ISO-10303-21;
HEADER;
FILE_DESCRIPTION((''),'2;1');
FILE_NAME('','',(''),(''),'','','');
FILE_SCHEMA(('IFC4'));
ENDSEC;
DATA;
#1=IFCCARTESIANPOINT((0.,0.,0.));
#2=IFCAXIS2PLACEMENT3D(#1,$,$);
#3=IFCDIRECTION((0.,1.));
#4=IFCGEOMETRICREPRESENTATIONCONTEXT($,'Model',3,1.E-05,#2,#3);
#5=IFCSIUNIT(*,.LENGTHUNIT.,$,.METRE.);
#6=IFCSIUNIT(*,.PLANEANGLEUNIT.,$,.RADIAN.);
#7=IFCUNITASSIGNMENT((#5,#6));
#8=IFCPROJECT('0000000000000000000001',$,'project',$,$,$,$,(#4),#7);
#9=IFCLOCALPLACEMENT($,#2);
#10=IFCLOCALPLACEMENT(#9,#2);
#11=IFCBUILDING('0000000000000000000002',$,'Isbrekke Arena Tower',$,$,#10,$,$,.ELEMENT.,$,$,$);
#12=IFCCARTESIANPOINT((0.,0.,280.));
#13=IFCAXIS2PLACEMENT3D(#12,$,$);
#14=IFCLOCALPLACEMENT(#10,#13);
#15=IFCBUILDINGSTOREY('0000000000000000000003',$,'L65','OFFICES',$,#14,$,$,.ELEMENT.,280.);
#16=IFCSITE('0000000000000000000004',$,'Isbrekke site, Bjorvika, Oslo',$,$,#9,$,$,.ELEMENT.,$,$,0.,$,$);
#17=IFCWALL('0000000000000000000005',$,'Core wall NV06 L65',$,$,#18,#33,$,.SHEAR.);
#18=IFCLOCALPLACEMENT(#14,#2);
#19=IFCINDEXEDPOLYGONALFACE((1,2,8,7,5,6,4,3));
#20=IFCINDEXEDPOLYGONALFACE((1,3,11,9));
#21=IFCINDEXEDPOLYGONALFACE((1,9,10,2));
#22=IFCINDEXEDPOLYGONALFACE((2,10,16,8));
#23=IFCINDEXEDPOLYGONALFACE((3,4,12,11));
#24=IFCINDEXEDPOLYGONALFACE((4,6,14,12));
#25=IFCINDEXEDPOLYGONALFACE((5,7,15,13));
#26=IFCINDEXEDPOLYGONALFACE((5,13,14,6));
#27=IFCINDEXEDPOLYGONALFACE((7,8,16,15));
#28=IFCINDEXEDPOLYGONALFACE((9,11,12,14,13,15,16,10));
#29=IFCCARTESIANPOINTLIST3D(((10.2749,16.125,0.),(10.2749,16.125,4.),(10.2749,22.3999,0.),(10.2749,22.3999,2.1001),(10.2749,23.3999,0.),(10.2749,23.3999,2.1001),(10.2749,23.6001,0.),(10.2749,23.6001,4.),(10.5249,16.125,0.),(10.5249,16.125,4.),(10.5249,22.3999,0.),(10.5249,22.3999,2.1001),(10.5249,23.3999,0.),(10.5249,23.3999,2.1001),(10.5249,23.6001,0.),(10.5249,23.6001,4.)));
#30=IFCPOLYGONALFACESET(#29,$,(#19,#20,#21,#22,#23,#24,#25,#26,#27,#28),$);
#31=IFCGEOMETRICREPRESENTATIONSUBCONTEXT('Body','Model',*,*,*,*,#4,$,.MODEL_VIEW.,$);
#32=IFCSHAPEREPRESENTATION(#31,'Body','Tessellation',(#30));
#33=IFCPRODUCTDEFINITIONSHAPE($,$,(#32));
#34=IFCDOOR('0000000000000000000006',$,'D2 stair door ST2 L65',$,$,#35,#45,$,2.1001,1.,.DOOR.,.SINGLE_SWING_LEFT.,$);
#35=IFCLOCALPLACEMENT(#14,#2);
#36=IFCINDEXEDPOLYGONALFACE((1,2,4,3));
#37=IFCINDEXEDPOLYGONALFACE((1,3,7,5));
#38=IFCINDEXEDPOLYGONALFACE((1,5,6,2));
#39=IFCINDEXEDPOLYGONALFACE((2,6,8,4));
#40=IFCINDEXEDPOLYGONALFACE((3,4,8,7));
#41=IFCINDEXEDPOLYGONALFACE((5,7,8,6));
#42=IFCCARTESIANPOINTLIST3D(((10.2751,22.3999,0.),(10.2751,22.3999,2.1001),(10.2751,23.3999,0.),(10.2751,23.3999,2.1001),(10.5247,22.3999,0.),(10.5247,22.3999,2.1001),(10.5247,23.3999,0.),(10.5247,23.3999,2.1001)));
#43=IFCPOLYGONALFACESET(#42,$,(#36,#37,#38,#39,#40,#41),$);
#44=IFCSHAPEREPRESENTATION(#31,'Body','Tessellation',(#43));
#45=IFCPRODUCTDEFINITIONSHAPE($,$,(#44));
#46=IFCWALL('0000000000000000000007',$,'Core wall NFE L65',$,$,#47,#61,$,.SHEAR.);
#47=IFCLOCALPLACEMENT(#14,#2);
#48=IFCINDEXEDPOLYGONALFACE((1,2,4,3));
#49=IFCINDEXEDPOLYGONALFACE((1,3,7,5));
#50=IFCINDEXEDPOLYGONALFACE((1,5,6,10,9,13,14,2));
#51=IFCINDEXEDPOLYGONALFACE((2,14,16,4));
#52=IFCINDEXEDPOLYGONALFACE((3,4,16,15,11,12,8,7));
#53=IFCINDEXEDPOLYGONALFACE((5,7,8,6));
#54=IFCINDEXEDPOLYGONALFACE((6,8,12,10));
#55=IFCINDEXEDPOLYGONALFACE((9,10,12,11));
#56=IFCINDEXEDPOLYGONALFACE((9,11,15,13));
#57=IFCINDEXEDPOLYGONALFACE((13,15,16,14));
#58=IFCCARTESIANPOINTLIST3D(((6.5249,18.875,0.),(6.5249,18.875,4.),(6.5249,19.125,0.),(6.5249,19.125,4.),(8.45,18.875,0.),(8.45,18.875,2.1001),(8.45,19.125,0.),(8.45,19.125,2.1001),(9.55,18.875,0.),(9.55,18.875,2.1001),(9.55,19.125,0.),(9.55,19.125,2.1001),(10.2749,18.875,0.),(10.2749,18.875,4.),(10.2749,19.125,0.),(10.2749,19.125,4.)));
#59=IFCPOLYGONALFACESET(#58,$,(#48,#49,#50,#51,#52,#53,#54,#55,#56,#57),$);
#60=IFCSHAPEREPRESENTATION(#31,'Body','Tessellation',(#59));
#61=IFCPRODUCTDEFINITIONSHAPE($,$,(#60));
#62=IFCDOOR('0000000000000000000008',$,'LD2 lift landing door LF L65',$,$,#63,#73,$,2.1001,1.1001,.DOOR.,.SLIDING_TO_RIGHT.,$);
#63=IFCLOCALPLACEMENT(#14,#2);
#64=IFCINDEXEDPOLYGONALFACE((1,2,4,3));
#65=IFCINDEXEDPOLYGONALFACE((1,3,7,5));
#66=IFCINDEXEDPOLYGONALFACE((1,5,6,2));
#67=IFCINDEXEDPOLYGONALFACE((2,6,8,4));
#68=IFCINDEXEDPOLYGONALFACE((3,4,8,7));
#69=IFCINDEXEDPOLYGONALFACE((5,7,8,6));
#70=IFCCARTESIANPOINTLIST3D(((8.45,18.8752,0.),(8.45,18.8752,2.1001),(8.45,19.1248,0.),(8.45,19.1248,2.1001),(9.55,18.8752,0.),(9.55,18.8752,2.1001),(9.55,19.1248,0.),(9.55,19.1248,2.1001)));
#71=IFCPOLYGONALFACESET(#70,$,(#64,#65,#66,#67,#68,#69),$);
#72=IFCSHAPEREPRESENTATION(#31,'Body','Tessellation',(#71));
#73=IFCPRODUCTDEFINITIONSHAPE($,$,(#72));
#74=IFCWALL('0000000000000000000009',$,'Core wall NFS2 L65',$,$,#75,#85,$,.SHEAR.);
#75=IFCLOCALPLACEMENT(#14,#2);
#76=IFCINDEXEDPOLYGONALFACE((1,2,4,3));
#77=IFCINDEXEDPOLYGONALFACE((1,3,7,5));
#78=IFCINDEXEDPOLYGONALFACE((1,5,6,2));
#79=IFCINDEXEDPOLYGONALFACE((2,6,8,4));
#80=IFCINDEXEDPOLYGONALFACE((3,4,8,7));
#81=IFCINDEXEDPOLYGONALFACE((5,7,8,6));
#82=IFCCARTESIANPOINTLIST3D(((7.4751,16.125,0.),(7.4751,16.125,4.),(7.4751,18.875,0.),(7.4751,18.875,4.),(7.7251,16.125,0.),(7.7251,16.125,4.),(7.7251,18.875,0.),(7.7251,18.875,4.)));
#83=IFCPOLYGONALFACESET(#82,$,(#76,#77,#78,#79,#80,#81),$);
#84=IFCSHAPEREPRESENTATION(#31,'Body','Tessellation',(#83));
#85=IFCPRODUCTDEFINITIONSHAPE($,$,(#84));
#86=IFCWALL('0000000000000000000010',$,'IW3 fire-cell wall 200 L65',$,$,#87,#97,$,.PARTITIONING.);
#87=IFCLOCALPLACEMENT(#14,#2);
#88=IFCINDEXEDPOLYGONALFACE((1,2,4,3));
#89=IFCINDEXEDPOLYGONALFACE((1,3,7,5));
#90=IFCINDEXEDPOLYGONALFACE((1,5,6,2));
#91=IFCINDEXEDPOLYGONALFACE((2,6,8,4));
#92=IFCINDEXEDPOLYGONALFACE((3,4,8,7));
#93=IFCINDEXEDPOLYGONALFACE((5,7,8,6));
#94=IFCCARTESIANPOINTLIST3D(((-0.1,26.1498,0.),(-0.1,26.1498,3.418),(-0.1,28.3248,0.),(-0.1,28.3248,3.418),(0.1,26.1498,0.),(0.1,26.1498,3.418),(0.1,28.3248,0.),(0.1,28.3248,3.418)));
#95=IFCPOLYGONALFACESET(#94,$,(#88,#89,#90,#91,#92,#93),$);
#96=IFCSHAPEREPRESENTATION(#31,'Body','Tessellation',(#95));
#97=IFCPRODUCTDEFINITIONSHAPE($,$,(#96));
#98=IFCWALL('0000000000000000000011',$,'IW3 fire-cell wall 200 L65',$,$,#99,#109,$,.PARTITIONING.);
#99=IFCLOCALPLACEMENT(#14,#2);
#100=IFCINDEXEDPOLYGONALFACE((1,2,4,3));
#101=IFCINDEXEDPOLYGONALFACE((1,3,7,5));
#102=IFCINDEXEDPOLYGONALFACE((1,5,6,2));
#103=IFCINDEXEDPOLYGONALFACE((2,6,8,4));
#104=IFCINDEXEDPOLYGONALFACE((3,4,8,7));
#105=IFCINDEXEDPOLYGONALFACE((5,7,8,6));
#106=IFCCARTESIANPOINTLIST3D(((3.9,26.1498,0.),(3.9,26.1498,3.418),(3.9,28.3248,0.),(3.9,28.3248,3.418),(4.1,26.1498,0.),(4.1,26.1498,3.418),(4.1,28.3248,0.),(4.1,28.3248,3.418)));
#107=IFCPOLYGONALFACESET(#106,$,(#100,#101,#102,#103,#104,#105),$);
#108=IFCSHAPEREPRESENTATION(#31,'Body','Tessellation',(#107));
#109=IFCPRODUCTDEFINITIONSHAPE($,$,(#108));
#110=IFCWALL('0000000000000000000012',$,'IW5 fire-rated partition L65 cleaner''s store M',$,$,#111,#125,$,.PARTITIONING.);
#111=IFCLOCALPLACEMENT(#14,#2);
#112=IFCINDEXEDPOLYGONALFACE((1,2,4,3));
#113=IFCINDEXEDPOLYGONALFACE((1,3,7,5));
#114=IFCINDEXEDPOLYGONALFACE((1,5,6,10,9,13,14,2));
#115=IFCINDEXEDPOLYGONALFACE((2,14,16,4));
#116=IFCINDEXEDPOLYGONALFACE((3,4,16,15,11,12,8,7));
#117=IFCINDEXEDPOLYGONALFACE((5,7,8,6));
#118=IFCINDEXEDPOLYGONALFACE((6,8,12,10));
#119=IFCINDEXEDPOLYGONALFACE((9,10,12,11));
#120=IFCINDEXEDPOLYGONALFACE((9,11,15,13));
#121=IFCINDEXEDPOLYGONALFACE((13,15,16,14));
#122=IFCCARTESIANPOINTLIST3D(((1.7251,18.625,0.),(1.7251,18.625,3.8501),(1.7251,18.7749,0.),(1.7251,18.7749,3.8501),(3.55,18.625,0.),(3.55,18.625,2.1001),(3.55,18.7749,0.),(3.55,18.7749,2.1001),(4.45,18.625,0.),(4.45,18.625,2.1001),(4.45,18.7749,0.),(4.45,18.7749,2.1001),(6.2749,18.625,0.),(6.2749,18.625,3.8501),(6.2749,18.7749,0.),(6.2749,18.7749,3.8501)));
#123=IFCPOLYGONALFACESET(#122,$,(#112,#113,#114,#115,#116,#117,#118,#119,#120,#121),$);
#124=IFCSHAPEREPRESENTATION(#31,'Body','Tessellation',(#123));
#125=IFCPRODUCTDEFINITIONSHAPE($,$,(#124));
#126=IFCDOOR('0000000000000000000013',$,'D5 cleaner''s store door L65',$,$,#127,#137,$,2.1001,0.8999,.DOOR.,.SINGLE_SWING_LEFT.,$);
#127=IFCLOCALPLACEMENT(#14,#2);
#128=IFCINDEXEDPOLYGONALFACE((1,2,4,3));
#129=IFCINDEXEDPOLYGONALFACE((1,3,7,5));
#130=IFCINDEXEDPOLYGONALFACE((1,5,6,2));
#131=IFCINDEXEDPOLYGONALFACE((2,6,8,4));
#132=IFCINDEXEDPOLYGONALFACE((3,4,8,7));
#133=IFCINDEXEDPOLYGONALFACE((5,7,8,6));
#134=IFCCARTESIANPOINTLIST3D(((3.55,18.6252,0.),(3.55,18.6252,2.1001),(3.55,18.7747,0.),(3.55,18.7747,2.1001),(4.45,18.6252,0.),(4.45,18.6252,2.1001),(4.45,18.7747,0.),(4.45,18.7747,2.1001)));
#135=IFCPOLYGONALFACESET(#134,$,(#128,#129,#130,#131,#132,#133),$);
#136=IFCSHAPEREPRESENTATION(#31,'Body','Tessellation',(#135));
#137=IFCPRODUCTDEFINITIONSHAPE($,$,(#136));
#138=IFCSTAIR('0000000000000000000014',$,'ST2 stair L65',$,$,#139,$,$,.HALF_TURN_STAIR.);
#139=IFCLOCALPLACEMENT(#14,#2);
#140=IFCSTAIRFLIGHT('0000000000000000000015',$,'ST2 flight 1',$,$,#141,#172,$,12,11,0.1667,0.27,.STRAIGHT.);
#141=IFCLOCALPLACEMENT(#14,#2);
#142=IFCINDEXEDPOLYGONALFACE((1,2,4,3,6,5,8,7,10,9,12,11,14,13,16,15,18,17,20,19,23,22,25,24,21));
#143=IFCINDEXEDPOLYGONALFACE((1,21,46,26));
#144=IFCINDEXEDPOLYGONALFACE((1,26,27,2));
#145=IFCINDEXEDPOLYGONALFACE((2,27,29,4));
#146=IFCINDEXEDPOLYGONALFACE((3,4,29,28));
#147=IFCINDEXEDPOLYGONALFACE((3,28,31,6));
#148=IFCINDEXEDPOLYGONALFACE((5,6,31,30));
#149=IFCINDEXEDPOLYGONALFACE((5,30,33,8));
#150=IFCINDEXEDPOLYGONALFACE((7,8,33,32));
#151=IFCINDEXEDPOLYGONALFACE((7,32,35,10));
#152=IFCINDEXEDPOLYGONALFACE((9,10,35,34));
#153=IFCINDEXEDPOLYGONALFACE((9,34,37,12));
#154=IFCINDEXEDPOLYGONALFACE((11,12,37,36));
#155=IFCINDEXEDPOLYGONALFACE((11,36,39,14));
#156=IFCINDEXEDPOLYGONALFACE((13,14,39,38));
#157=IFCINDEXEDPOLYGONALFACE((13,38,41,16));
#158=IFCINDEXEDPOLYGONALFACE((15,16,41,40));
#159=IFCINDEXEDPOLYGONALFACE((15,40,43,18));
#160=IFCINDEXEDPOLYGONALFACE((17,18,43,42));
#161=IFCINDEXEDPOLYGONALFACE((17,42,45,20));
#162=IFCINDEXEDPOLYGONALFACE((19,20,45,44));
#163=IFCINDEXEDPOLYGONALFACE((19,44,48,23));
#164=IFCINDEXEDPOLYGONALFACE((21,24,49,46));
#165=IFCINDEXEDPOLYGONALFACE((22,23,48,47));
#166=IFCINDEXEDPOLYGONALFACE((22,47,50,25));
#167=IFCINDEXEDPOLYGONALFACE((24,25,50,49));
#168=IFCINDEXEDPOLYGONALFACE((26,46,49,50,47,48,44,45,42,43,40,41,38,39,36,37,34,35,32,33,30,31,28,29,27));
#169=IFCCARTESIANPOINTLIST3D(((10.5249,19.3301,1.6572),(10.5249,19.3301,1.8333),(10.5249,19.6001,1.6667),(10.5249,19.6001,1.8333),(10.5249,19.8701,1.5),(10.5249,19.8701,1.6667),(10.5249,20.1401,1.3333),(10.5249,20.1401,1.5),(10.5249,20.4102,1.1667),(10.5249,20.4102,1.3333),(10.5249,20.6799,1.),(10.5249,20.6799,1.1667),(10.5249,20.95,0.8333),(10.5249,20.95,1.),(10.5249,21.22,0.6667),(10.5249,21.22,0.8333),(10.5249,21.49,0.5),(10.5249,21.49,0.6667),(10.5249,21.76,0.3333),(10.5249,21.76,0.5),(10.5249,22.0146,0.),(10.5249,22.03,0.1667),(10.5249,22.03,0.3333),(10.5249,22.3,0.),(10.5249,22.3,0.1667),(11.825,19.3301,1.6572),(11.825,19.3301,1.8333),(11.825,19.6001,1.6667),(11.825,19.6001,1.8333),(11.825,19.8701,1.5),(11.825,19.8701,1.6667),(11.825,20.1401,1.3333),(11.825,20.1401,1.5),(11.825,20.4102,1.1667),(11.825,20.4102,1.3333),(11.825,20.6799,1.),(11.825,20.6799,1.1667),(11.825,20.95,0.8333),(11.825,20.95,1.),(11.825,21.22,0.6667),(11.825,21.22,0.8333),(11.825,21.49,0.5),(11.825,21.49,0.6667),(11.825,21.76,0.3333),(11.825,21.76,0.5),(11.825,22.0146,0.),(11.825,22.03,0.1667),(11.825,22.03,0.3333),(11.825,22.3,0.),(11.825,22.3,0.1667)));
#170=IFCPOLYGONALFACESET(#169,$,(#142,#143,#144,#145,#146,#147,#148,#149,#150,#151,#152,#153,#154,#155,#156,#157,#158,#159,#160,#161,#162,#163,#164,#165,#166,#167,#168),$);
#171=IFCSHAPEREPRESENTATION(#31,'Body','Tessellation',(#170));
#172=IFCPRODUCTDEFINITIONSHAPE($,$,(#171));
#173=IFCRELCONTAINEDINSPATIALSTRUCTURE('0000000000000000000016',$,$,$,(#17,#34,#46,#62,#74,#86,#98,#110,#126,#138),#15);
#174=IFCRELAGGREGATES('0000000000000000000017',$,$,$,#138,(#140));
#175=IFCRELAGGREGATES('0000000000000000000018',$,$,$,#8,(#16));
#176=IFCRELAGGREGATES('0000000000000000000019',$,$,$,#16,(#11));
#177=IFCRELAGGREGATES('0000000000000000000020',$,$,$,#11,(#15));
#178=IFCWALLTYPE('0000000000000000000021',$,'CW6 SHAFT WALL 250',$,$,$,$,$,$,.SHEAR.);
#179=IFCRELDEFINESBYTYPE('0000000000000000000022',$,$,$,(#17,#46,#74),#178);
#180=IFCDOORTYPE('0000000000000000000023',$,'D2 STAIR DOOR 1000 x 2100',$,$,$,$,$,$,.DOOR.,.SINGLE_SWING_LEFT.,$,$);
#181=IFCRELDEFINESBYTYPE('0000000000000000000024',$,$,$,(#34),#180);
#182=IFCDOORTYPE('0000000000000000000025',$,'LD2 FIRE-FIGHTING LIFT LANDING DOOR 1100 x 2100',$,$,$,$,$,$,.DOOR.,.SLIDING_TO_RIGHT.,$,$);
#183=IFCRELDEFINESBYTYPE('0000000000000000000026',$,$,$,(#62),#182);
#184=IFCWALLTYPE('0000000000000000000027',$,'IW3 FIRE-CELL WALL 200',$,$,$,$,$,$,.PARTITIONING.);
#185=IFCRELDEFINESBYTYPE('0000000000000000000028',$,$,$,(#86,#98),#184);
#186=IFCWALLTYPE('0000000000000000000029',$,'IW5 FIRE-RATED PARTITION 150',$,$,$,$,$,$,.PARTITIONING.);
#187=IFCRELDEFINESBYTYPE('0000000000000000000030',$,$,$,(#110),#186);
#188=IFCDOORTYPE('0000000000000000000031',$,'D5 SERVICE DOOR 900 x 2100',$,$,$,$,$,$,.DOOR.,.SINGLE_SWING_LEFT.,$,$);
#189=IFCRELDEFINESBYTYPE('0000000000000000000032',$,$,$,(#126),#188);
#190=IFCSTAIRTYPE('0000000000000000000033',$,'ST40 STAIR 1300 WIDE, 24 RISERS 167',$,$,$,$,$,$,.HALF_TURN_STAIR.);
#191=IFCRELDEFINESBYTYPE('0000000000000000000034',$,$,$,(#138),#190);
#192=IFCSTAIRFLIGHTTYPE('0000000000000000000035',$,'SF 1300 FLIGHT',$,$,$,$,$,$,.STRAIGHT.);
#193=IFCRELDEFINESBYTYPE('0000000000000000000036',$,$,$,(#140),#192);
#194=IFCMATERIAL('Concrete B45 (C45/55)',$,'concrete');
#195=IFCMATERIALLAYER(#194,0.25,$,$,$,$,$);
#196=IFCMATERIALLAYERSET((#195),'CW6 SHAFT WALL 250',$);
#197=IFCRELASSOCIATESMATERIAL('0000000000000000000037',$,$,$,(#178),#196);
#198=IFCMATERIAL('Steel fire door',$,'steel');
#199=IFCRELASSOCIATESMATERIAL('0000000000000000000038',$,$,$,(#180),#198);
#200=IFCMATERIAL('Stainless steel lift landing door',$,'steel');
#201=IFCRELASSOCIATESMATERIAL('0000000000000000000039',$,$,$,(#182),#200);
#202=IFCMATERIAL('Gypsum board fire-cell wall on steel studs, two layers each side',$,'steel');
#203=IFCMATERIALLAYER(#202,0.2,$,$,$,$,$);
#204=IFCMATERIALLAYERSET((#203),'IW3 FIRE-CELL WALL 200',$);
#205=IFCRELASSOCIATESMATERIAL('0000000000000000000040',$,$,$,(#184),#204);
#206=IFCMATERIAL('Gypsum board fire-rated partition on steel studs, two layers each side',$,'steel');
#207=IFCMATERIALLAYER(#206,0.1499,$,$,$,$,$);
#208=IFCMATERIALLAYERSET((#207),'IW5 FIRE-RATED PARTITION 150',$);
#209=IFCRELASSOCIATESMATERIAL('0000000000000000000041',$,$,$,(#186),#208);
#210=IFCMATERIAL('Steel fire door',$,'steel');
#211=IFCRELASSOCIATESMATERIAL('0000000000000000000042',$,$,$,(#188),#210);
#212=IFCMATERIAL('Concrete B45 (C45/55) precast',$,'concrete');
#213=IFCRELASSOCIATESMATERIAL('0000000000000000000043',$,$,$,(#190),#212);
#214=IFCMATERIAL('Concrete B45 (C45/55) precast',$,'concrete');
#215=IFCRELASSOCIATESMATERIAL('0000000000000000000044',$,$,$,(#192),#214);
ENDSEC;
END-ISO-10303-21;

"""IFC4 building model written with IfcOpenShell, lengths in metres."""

from ifc_helpers import new_model, si_unit, direction, frame, frame_2d, origin, place, context, subcontext, project, spatial, polyline, rectangle, outline, extrude, material, layer, layer_set, type_object, element, fill, aggregate, save


model = new_model("IFC4")

# Units and contexts
model_context = context("Model", 3, precision=1e-05, world=origin(), true_north=direction((0.0, 1.0)))
body_context = subcontext(model_context, "Body", "Model", "MODEL_VIEW")
ifc_project = project(units=[si_unit("LENGTHUNIT", "METRE"), si_unit("PLANEANGLEUNIT", "RADIAN")], contexts=[model_context])

# Site, building, storey
site_placement = place(None, origin())
site = spatial("IfcSite", under=ifc_project, at=site_placement, Name="Isbrekke site, Bjorvika, Oslo", CompositionType="ELEMENT", RefElevation=0.0)
building_placement = place(site_placement, origin())
building = spatial("IfcBuilding", under=site, at=building_placement, Name="Isbrekke Arena Tower", CompositionType="ELEMENT")
storey_placement = place(building_placement, frame((0.0, 0.0, 280.0)))
storey = spatial("IfcBuildingStorey", under=building, at=storey_placement, Name="L65", Description="OFFICES", CompositionType="ELEMENT", Elevation=280.0)

# Shared definitions
ifc_material_1 = material(Name="Concrete B45 (C45/55)", Category="concrete")
ifc_layer_1 = layer(ifc_material_1, 0.25)
ifc_layer_set_1 = layer_set([ifc_layer_1], Name="CW6 SHAFT WALL 250")
wall_type_1 = type_object("IfcWallType", Name="CW6 SHAFT WALL 250", PredefinedType="SHEAR", material=ifc_layer_set_1)

# Walls, openings, doors
wall_1_placement = place(storey_placement, frame((10.3999, 16.125, 0.0), z_axis=(0.0, 0.0, 1.0), x_axis=(0.0, 1.0, 0.0)))
wall_1 = element("IfcWall", 1, at=wall_1_placement, inside=storey, type_object=wall_type_1, Name="Core wall NV06 L65", PredefinedType="SHEAR", context=body_context, shape_type="SweptSolid", body=[
    extrude(rectangle(XDim=7.4751, YDim=0.25, at=frame_2d((3.7375, 0.0))), origin(), (0.0, 0.0, 1.0), 4.0),
])
opening_1_placement = place(wall_1_placement, frame((6.2749, 0.0, 0.0)))
opening_1 = element("IfcOpeningElement", 2, at=opening_1_placement, cuts=wall_1, PredefinedType="OPENING", context=body_context, shape_type="SweptSolid", body=[
    extrude(rectangle(XDim=1.0, YDim=2.1001, at=frame_2d((0.5, 1.05))), frame((0.0, 0.1399, 0.0), z_axis=(0.0, -1.0, 0.0), x_axis=(1.0, 0.0, 0.0)), (0.0, 0.0, 1.0), 0.2798),
])
ifc_material_2 = material(Name="Steel fire door", Category="steel")
door_type_1 = type_object("IfcDoorType", Name="D2 STAIR DOOR 1000 x 2100", OperationType="SINGLE_SWING_LEFT", PredefinedType="DOOR", material=ifc_material_2)
door_1_placement = place(opening_1_placement, origin())
door_1 = element("IfcDoor", 3, at=door_1_placement, inside=storey, type_object=door_type_1, Name="D2 stair door ST2 L65", OperationType="SINGLE_SWING_LEFT", OverallHeight=2.1001, OverallWidth=1.0, PredefinedType="DOOR", context=body_context, shape_type="SweptSolid", body=[
    extrude(rectangle(XDim=1.0, YDim=2.1001, at=frame_2d((0.5, 1.05))), frame((0.0, 0.1248, 0.0), z_axis=(0.0, -1.0, 0.0), x_axis=(1.0, 0.0, 0.0)), (0.0, 0.0, 1.0), 0.2495),
])
fill(opening_1, door_1)
wall_2_placement = place(storey_placement, frame((6.5249, 19.0, 0.0), z_axis=(0.0, 0.0, 1.0), x_axis=(1.0, 0.0, 0.0)))
wall_2 = element("IfcWall", 4, at=wall_2_placement, inside=storey, type_object=wall_type_1, Name="Core wall NFE L65", PredefinedType="SHEAR", context=body_context, shape_type="SweptSolid", body=[
    extrude(rectangle(XDim=3.75, YDim=0.25, at=frame_2d((1.875, 0.0))), origin(), (0.0, 0.0, 1.0), 4.0),
])
opening_2_placement = place(wall_2_placement, frame((1.925, 0.0, 0.0)))
opening_2 = element("IfcOpeningElement", 5, at=opening_2_placement, cuts=wall_2, PredefinedType="OPENING", context=body_context, shape_type="SweptSolid", body=[
    extrude(rectangle(XDim=1.1001, YDim=2.1001, at=frame_2d((0.55, 1.05))), frame((0.0, 0.1399, 0.0), z_axis=(0.0, -1.0, 0.0), x_axis=(1.0, 0.0, 0.0)), (0.0, 0.0, 1.0), 0.2798),
])
ifc_material_3 = material(Name="Stainless steel lift landing door", Category="steel")
door_type_2 = type_object("IfcDoorType", Name="LD2 FIRE-FIGHTING LIFT LANDING DOOR 1100 x 2100", OperationType="SLIDING_TO_RIGHT", PredefinedType="DOOR", material=ifc_material_3)
door_2_placement = place(opening_2_placement, origin())
door_2 = element("IfcDoor", 6, at=door_2_placement, inside=storey, type_object=door_type_2, Name="LD2 lift landing door LF L65", OperationType="SLIDING_TO_RIGHT", OverallHeight=2.1001, OverallWidth=1.1001, PredefinedType="DOOR", context=body_context, shape_type="SweptSolid", body=[
    extrude(rectangle(XDim=1.1001, YDim=2.1001, at=frame_2d((0.55, 1.05))), frame((0.0, 0.1248, 0.0), z_axis=(0.0, -1.0, 0.0), x_axis=(1.0, 0.0, 0.0)), (0.0, 0.0, 1.0), 0.2495),
])
fill(opening_2, door_2)

# Walls
wall_3_placement = place(storey_placement, frame((7.6001, 16.125, 0.0), z_axis=(0.0, 0.0, 1.0), x_axis=(0.0, 1.0, 0.0)))
element("IfcWall", 7, at=wall_3_placement, inside=storey, type_object=wall_type_1, Name="Core wall NFS2 L65", PredefinedType="SHEAR", context=body_context, shape_type="SweptSolid", body=[
    extrude(rectangle(XDim=2.75, YDim=0.25, at=frame_2d((1.375, 0.0))), origin(), (0.0, 0.0, 1.0), 4.0),
])
ifc_material_4 = material(Name="Gypsum board fire-cell wall on steel studs, two layers each side", Category="steel")
ifc_layer_2 = layer(ifc_material_4, 0.2)
ifc_layer_set_2 = layer_set([ifc_layer_2], Name="IW3 FIRE-CELL WALL 200")
wall_type_2 = type_object("IfcWallType", Name="IW3 FIRE-CELL WALL 200", PredefinedType="PARTITIONING", material=ifc_layer_set_2)
for number, where, z_axis, x_axis, name in (
    (8, (0.0, 26.1499, 0.0), (0.0, 0.0, 1.0), (0.0, 1.0, 0.0), "IW3 fire-cell wall 200 L65"),
    (9, (4.0, 26.1499, 0.0), (0.0, 0.0, 1.0), (0.0, 1.0, 0.0), "IW3 fire-cell wall 200 L65"),
):
    element("IfcWall", number, at=place(storey_placement, frame(where, z_axis=z_axis, x_axis=x_axis)), inside=storey, type_object=wall_type_2, Name=name, PredefinedType="PARTITIONING", context=body_context, shape_type="SweptSolid", body=[
        extrude(rectangle(XDim=2.175, YDim=0.2, at=frame_2d((1.0874, 0.0))), origin(), (0.0, 0.0, 1.0), 3.418),
    ])

# Wall, opening, door
ifc_material_5 = material(Name="Gypsum board fire-rated partition on steel studs, two layers each side", Category="steel")
ifc_layer_3 = layer(ifc_material_5, 0.1499)
ifc_layer_set_3 = layer_set([ifc_layer_3], Name="IW5 FIRE-RATED PARTITION 150")
wall_type_3 = type_object("IfcWallType", Name="IW5 FIRE-RATED PARTITION 150", PredefinedType="PARTITIONING", material=ifc_layer_set_3)
wall_4_placement = place(storey_placement, frame((1.7251, 18.7, 0.0), z_axis=(0.0, 0.0, 1.0), x_axis=(1.0, 0.0, 0.0)))
wall_4 = element("IfcWall", 10, at=wall_4_placement, inside=storey, type_object=wall_type_3, Name="IW5 fire-rated partition L65 cleaner's store M", PredefinedType="PARTITIONING", context=body_context, shape_type="SweptSolid", body=[
    extrude(rectangle(XDim=4.5498, YDim=0.1499, at=frame_2d((2.2749, 0.0))), origin(), (0.0, 0.0, 1.0), 3.8501),
])
opening_3_placement = place(wall_4_placement, frame((1.825, 0.0, 0.0)))
opening_3 = element("IfcOpeningElement", 11, at=opening_3_placement, cuts=wall_4, PredefinedType="OPENING", context=body_context, shape_type="SweptSolid", body=[
    extrude(rectangle(XDim=0.8999, YDim=2.1001, at=frame_2d((0.45, 1.05))), frame((0.0, 0.0898, 0.0), z_axis=(0.0, -1.0, 0.0), x_axis=(1.0, 0.0, 0.0)), (0.0, 0.0, 1.0), 0.1797),
])
ifc_material_6 = material(Name="Steel fire door", Category="steel")
door_type_3 = type_object("IfcDoorType", Name="D5 SERVICE DOOR 900 x 2100", OperationType="SINGLE_SWING_LEFT", PredefinedType="DOOR", material=ifc_material_6)
door_3_placement = place(opening_3_placement, origin())
door_3 = element("IfcDoor", 12, at=door_3_placement, inside=storey, type_object=door_type_3, Name="D5 cleaner's store door L65", OperationType="SINGLE_SWING_LEFT", OverallHeight=2.1001, OverallWidth=0.8999, PredefinedType="DOOR", context=body_context, shape_type="SweptSolid", body=[
    extrude(rectangle(XDim=0.8999, YDim=2.1001, at=frame_2d((0.45, 1.05))), frame((0.0, 0.0747, 0.0), z_axis=(0.0, -1.0, 0.0), x_axis=(1.0, 0.0, 0.0)), (0.0, 0.0, 1.0), 0.1494),
])
fill(opening_3, door_3)

# Stair, stair flight
ifc_material_7 = material(Name="Concrete B45 (C45/55) precast", Category="concrete")
stair_type = type_object("IfcStairType", Name="ST40 STAIR 1300 WIDE, 24 RISERS 167", PredefinedType="HALF_TURN_STAIR", material=ifc_material_7)
stair_placement = place(storey_placement, origin())
stair = element("IfcStair", 13, at=stair_placement, inside=storey, type_object=stair_type, Name="ST2 stair L65", PredefinedType="HALF_TURN_STAIR")
ifc_material_8 = material(Name="Concrete B45 (C45/55) precast", Category="concrete")
stair_flight_type = type_object("IfcStairFlightType", Name="SF 1300 FLIGHT", PredefinedType="STRAIGHT", material=ifc_material_8)
stair_flight_1_placement = place(storey_placement, frame((11.175, 22.3, 0.0), z_axis=(0.0, 0.0, 1.0), x_axis=(0.0, -1.0, 0.0)))
stair_flight_1 = element("IfcStairFlight", 14, at=stair_flight_1_placement, type_object=stair_flight_type, Name="ST2 flight 1", NumberOfRisers=12, NumberOfTreads=11, PredefinedType="STRAIGHT", RiserHeight=0.1667, TreadLength=0.27, context=body_context, shape_type="SweptSolid", body=[
    extrude(outline(polyline([(0.0, 0.0), (0.0, 0.1667), (0.27, 0.1667), (0.27, 0.3333), (0.54, 0.3333), (0.54, 0.5), (0.8101, 0.5), (0.8101, 0.6667), (1.0801, 0.6667), (1.0801, 0.8333), (1.3501, 0.8333), (1.3501, 1.0), (1.6201, 1.0), (1.6201, 1.1667), (1.8899, 1.1667), (1.8899, 1.3333), (2.1599, 1.3333), (2.1599, 1.5), (2.4299, 1.5), (2.4299, 1.6667), (2.7, 1.6667), (2.7, 1.8333), (2.97, 1.8333), (2.97, 2.0), (2.97, 1.6572), (0.2854, 0.0), (0.0, 0.0)])), frame((0.0, 0.6499, 0.0), z_axis=(0.0, -1.0, 0.0), x_axis=(1.0, 0.0, 0.0)), (0.0, 0.0, 1.0), 1.3),
])
aggregate(stair, [stair_flight_1])

save(model, "model.ifc")
